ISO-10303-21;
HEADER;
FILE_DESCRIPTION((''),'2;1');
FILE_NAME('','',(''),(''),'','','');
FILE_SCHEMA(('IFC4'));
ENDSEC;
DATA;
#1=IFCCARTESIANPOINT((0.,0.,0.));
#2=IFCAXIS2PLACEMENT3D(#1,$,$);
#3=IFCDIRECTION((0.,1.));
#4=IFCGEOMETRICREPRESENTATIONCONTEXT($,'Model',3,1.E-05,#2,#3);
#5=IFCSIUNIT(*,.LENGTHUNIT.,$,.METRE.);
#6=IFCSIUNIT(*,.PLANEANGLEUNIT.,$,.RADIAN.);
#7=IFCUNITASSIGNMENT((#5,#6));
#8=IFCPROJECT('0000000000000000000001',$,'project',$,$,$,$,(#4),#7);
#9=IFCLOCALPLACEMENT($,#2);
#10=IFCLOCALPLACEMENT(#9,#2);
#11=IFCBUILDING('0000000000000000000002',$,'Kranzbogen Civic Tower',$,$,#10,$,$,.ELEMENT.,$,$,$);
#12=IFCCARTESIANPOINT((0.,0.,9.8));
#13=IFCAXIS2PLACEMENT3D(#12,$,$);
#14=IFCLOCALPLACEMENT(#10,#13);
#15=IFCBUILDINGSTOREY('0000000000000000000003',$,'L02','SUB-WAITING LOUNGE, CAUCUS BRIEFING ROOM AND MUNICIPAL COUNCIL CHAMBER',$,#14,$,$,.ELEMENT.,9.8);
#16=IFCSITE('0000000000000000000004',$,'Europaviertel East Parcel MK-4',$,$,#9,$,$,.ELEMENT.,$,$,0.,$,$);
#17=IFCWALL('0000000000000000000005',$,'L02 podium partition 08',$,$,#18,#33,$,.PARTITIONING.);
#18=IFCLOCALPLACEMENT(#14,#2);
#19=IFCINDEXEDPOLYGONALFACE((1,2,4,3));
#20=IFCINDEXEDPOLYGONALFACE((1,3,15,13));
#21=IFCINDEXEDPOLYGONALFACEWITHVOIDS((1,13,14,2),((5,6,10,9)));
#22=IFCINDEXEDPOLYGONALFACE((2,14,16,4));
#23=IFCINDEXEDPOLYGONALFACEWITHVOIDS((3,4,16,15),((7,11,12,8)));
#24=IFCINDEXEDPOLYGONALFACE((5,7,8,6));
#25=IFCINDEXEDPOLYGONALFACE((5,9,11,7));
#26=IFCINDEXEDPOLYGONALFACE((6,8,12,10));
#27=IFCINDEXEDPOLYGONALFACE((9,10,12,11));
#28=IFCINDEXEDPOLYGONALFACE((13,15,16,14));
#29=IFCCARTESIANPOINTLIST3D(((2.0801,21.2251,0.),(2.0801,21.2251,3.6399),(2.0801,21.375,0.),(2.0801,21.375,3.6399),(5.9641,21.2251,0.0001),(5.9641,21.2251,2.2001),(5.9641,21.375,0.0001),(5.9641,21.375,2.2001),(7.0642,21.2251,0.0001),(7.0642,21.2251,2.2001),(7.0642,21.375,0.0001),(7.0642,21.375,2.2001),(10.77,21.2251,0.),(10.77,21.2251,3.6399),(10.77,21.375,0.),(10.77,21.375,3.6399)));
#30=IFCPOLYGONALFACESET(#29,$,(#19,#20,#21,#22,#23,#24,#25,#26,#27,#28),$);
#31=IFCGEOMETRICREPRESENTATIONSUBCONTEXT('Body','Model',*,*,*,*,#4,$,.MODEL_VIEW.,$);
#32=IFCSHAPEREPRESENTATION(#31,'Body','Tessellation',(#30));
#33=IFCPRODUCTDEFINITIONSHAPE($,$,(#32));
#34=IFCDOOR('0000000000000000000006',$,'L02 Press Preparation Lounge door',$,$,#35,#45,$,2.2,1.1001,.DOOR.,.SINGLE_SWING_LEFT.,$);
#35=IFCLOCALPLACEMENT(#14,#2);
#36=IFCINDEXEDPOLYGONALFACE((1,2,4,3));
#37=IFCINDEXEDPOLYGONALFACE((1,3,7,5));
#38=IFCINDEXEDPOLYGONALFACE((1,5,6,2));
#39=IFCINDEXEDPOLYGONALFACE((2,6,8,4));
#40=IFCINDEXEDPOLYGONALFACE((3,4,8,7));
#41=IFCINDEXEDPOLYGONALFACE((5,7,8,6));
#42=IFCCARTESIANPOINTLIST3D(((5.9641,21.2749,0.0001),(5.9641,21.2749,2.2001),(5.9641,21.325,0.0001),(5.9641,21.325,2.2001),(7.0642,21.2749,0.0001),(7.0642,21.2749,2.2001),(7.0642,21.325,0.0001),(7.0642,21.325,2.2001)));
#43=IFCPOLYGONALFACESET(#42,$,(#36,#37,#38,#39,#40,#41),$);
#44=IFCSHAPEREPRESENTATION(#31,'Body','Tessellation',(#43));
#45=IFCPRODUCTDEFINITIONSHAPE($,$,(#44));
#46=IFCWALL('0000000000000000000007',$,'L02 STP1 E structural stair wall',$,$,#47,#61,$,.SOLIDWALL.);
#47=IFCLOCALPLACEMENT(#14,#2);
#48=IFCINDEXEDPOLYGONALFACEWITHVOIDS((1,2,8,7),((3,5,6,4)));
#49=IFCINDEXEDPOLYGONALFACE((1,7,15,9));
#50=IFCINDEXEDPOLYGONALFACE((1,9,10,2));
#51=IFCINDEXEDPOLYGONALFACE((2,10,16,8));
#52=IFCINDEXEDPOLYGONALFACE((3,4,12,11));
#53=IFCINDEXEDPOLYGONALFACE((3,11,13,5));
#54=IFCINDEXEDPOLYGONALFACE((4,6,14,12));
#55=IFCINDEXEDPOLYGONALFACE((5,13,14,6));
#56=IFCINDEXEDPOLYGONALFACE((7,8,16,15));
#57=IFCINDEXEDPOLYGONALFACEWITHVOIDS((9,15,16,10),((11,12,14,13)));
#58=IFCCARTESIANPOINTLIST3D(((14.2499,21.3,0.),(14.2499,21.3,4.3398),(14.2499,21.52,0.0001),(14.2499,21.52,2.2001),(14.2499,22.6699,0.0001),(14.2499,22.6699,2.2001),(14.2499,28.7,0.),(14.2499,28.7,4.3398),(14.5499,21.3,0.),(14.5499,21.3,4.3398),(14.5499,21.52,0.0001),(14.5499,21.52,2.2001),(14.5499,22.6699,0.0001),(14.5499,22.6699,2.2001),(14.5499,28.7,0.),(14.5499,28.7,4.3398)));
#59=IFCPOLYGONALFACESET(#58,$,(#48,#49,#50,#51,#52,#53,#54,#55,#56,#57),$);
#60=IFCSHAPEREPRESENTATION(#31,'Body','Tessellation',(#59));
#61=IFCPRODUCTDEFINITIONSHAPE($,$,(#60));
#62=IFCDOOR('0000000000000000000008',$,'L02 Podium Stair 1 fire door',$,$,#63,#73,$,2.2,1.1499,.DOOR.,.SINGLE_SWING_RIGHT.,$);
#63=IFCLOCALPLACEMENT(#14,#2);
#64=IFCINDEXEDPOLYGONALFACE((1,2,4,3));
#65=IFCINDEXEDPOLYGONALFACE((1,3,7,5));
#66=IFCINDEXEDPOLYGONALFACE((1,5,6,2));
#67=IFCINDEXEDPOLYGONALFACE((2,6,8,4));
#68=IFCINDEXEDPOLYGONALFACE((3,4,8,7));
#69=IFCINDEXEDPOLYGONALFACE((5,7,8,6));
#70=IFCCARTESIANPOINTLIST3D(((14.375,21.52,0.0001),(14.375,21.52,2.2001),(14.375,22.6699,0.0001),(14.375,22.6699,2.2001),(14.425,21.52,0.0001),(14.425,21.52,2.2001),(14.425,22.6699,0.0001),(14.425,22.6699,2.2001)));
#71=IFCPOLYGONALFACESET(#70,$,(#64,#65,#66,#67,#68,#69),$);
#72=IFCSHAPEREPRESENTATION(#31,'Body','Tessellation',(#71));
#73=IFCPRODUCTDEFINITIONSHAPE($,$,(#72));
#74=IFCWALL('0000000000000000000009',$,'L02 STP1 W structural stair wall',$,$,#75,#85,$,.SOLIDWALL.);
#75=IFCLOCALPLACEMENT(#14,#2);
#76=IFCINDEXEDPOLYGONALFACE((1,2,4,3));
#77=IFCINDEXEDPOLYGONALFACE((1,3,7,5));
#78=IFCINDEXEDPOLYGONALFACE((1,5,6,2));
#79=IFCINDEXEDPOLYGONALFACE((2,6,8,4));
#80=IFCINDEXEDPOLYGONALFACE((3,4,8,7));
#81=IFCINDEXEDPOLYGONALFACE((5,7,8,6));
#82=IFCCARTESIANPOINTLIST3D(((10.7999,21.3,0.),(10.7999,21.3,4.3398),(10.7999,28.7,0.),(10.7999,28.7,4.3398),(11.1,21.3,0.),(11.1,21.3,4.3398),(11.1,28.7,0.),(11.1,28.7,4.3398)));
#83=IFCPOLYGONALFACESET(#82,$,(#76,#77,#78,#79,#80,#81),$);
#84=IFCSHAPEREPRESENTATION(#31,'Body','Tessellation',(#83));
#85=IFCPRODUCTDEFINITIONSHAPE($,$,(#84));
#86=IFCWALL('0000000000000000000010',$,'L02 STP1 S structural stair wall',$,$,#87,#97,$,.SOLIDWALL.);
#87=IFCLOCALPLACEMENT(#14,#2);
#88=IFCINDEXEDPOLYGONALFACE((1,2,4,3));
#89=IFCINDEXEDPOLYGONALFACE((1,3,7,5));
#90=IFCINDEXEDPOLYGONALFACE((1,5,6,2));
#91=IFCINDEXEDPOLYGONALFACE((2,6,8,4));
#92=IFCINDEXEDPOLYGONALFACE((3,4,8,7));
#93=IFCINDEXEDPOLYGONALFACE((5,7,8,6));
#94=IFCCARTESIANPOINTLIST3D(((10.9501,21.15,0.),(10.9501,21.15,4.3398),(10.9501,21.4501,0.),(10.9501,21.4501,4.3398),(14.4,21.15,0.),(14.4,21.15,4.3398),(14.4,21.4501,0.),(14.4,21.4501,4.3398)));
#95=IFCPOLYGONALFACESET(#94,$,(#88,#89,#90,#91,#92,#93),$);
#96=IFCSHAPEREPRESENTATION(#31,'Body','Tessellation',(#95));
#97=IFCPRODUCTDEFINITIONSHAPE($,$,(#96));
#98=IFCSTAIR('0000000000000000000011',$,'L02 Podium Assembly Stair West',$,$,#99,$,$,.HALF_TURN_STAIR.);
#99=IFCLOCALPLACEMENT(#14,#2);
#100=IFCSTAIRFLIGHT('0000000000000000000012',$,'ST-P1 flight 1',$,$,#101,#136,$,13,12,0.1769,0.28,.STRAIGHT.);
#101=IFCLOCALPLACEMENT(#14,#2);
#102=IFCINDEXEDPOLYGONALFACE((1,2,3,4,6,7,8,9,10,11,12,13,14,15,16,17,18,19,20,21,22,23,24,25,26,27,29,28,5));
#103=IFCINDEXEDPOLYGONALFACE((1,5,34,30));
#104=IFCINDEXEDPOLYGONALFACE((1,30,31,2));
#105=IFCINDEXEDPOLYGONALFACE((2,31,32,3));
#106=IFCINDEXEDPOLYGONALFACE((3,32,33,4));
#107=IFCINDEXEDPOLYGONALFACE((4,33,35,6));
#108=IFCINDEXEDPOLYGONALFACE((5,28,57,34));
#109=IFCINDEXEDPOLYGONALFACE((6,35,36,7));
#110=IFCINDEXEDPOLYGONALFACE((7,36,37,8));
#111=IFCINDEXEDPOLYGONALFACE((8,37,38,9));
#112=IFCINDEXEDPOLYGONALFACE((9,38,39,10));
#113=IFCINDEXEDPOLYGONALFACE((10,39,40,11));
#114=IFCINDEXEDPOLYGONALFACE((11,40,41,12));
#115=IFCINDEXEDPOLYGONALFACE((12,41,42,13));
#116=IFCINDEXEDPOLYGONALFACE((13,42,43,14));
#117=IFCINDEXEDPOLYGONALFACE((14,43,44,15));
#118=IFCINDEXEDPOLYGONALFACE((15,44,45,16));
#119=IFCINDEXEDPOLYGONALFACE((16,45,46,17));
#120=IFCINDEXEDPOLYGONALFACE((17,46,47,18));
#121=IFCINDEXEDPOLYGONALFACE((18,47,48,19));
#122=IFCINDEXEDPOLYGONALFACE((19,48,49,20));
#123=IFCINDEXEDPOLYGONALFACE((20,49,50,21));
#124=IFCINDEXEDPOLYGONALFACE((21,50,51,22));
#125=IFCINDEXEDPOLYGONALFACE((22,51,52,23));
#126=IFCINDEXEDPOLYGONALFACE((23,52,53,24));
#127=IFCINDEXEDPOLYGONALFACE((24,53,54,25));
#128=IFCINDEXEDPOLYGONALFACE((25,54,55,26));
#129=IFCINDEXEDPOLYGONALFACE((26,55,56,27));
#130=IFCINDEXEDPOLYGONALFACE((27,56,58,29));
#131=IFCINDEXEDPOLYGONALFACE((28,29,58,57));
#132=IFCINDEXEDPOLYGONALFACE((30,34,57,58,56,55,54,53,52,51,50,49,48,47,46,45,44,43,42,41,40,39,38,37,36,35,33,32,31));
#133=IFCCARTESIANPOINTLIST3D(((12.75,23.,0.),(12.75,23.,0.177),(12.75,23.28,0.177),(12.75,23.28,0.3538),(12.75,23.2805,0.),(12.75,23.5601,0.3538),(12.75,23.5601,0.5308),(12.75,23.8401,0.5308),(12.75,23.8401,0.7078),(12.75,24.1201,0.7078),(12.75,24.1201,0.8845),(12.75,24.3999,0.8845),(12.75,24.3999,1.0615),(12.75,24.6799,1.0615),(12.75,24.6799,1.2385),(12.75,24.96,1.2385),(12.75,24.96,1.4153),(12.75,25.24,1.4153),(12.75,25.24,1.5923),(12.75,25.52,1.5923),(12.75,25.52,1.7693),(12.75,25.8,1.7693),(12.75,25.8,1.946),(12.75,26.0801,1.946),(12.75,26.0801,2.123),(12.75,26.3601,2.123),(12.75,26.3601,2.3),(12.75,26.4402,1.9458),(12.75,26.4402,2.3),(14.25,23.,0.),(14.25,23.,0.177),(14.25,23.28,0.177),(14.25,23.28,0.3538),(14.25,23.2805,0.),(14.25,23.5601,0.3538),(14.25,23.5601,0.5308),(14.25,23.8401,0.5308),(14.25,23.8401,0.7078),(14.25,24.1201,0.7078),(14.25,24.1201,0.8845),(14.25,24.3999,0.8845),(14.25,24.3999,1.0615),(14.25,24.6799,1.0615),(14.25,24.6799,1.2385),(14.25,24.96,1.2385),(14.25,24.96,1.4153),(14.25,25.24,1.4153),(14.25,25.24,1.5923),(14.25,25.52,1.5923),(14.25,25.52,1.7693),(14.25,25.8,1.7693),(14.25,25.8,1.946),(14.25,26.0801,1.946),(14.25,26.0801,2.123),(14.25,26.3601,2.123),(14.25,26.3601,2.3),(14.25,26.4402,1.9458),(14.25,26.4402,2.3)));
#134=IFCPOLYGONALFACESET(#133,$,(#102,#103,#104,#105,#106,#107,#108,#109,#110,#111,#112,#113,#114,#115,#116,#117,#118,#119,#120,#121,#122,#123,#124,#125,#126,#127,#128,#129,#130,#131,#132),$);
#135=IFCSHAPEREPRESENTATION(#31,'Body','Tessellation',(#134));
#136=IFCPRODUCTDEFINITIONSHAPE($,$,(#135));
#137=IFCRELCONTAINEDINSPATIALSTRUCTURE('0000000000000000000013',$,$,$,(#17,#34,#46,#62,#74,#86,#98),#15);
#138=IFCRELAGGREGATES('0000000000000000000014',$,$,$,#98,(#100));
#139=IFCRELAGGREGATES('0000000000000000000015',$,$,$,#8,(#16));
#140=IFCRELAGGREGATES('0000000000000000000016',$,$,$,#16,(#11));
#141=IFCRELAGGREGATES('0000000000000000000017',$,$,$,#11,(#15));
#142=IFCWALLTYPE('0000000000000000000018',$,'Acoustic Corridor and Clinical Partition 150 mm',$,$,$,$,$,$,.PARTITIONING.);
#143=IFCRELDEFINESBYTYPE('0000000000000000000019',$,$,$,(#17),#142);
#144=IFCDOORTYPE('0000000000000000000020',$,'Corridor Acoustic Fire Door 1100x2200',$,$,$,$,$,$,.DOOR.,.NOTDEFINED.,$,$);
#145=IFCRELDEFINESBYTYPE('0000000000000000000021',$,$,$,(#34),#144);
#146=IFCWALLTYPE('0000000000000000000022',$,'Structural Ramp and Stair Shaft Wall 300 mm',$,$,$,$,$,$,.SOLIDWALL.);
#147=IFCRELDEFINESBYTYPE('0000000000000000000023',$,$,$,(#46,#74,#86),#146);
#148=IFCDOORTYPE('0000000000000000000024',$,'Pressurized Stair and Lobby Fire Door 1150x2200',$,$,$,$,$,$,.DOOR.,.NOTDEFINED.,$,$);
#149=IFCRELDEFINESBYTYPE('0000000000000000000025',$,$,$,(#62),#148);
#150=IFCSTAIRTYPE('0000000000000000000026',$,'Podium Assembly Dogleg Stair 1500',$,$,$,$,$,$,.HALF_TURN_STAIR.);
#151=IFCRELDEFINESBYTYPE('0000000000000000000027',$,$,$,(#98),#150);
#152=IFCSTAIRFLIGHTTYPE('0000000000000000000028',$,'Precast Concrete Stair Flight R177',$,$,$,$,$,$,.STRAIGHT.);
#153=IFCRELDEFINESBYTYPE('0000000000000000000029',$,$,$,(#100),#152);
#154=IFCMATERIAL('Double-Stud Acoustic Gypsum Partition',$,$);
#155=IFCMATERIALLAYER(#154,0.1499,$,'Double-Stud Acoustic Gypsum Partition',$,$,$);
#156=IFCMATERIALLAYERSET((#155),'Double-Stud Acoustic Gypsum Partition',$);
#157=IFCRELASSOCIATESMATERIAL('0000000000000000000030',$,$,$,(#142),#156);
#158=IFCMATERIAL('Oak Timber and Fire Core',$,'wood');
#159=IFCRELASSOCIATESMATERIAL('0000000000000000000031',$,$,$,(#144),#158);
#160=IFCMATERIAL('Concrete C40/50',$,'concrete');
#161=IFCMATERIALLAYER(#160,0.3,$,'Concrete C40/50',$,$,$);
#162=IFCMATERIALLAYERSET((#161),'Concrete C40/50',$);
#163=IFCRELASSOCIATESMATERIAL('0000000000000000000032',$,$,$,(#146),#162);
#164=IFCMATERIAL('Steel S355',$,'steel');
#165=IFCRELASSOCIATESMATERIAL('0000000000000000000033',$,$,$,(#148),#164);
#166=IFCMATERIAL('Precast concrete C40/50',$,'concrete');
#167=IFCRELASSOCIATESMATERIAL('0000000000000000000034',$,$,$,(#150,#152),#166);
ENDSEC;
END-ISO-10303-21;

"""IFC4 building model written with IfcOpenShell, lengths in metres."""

from ifc_helpers import new_model, si_unit, direction, frame, frame_2d, origin, place, context, subcontext, project, spatial, polyline, rectangle, outline, extrude, material, layer, layer_set, type_object, element, fill, aggregate, save


model = new_model("IFC4")

# Units and contexts
model_context = context("Model", 3, precision=1e-05, world=origin(), true_north=direction((0.0, 1.0)))
body_context = subcontext(model_context, "Body", "Model", "MODEL_VIEW")
ifc_project = project(units=[si_unit("LENGTHUNIT", "METRE"), si_unit("PLANEANGLEUNIT", "RADIAN")], contexts=[model_context])

# Site, building, storey
site_placement = place(None, origin())
site = spatial("IfcSite", under=ifc_project, at=site_placement, Name="Europaviertel East Parcel MK-4", CompositionType="ELEMENT", RefElevation=0.0)
building_placement = place(site_placement, origin())
building = spatial("IfcBuilding", under=site, at=building_placement, Name="Kranzbogen Civic Tower", CompositionType="ELEMENT")
storey_placement = place(building_placement, frame((0.0, 0.0, 9.8)))
storey = spatial("IfcBuildingStorey", under=building, at=storey_placement, Name="L02", Description="SUB-WAITING LOUNGE, CAUCUS BRIEFING ROOM AND MUNICIPAL COUNCIL CHAMBER", CompositionType="ELEMENT", Elevation=9.8)

# Shared definitions
ifc_material_1 = material(Name="Steel S355", Category="steel")

# Shared definitions
ifc_material_2 = material(Name="Double-Stud Acoustic Gypsum Partition")
ifc_layer_1 = layer(ifc_material_2, 0.1499, Name="Double-Stud Acoustic Gypsum Partition")
ifc_layer_set_1 = layer_set([ifc_layer_1], Name="Double-Stud Acoustic Gypsum Partition")
wall_type_1 = type_object("IfcWallType", Name="Acoustic Corridor and Clinical Partition 150 mm", PredefinedType="PARTITIONING", material=ifc_layer_set_1)
ifc_material_3 = material(Name="Oak Timber and Fire Core", Category="wood")
door_type_1 = type_object("IfcDoorType", Name="Corridor Acoustic Fire Door 1100x2200", OperationType="NOTDEFINED", PredefinedType="DOOR", material=ifc_material_3)

# Walls, openings, doors
wall_1_placement = place(storey_placement, frame((2.0801, 21.3, 0.0), z_axis=(0.0, 0.0, 1.0), x_axis=(1.0, 0.0, 0.0)))
wall_1 = element("IfcWall", 1, at=wall_1_placement, inside=storey, type_object=wall_type_1, Name="L02 podium partition 08", PredefinedType="PARTITIONING", context=body_context, shape_type="SweptSolid", body=[
    extrude(rectangle(XDim=8.6899, YDim=0.1499, at=frame_2d((4.345, 0.0))), origin(), (0.0, 0.0, 1.0), 3.6399),
])
opening_1_placement = place(wall_1_placement, frame((3.884, 0.0, 0.0)))
opening_1 = element("IfcOpeningElement", 2, at=opening_1_placement, cuts=wall_1, PredefinedType="OPENING", context=body_context, shape_type="SweptSolid", body=[
    extrude(rectangle(XDim=1.1001, YDim=2.2, at=frame_2d((0.55, 1.1001))), frame((0.0, 0.085, 0.0), z_axis=(0.0, -1.0, 0.0), x_axis=(1.0, 0.0, 0.0)), (0.0, 0.0, 1.0), 0.1699),
])
door_1_placement = place(opening_1_placement, origin())
door_1 = element("IfcDoor", 3, at=door_1_placement, inside=storey, type_object=door_type_1, Name="L02 Press Preparation Lounge door", OperationType="SINGLE_SWING_LEFT", OverallHeight=2.2, OverallWidth=1.1001, PredefinedType="DOOR", context=body_context, shape_type="SweptSolid", body=[
    extrude(rectangle(XDim=1.1001, YDim=2.2, at=frame_2d((0.55, 1.1001))), frame((0.0, 0.0249, 0.0), z_axis=(0.0, -1.0, 0.0), x_axis=(1.0, 0.0, 0.0)), (0.0, 0.0, 1.0), 0.05),
])
fill(opening_1, door_1)
ifc_material_4 = material(Name="Concrete C40/50", Category="concrete")
ifc_layer_2 = layer(ifc_material_4, 0.3, Name="Concrete C40/50")
ifc_layer_set_2 = layer_set([ifc_layer_2], Name="Concrete C40/50")
wall_type_2 = type_object("IfcWallType", Name="Structural Ramp and Stair Shaft Wall 300 mm", PredefinedType="SOLIDWALL", material=ifc_layer_set_2)
wall_2_placement = place(storey_placement, frame((14.3999, 21.3, 0.0), z_axis=(0.0, 0.0, 1.0), x_axis=(0.0, 1.0, 0.0)))
wall_2 = element("IfcWall", 4, at=wall_2_placement, inside=storey, type_object=wall_type_2, Name="L02 STP1 E structural stair wall", PredefinedType="SOLIDWALL", context=body_context, shape_type="SweptSolid", body=[
    extrude(rectangle(XDim=7.3999, YDim=0.3, at=frame_2d((3.7, 0.0))), origin(), (0.0, 0.0, 1.0), 4.3398),
])
opening_2_placement = place(wall_2_placement, frame((0.22, 0.0, 0.0)))
opening_2 = element("IfcOpeningElement", 5, at=opening_2_placement, cuts=wall_2, PredefinedType="OPENING", context=body_context, shape_type="SweptSolid", body=[
    extrude(rectangle(XDim=1.1499, YDim=2.2, at=frame_2d((0.575, 1.1001))), frame((0.0, 0.1602, 0.0), z_axis=(0.0, -1.0, 0.0), x_axis=(1.0, 0.0, 0.0)), (0.0, 0.0, 1.0), 0.3201),
])
door_type_2 = type_object("IfcDoorType", Name="Pressurized Stair and Lobby Fire Door 1150x2200", OperationType="NOTDEFINED", PredefinedType="DOOR", material=ifc_material_1)
door_2_placement = place(opening_2_placement, origin())
door_2 = element("IfcDoor", 6, at=door_2_placement, inside=storey, type_object=door_type_2, Name="L02 Podium Stair 1 fire door", OperationType="SINGLE_SWING_RIGHT", OverallHeight=2.2, OverallWidth=1.1499, PredefinedType="DOOR", context=body_context, shape_type="SweptSolid", body=[
    extrude(rectangle(XDim=1.1499, YDim=2.2, at=frame_2d((0.575, 1.1001))), frame((0.0, 0.0249, 0.0), z_axis=(0.0, -1.0, 0.0), x_axis=(1.0, 0.0, 0.0)), (0.0, 0.0, 1.0), 0.05),
])
fill(opening_2, door_2)

# Walls
wall_3_placement = place(storey_placement, frame((10.95, 21.3, 0.0), z_axis=(0.0, 0.0, 1.0), x_axis=(0.0, 1.0, 0.0)))
element("IfcWall", 7, at=wall_3_placement, inside=storey, type_object=wall_type_2, Name="L02 STP1 W structural stair wall", PredefinedType="SOLIDWALL", context=body_context, shape_type="SweptSolid", body=[
    extrude(rectangle(XDim=7.3999, YDim=0.3, at=frame_2d((3.7, 0.0))), origin(), (0.0, 0.0, 1.0), 4.3398),
])
wall_4_placement = place(storey_placement, frame((10.95, 21.3, 0.0), z_axis=(0.0, 0.0, 1.0), x_axis=(1.0, 0.0, 0.0)))
element("IfcWall", 8, at=wall_4_placement, inside=storey, type_object=wall_type_2, Name="L02 STP1 S structural stair wall", PredefinedType="SOLIDWALL", context=body_context, shape_type="SweptSolid", body=[
    extrude(rectangle(XDim=3.45, YDim=0.3, at=frame_2d((1.7251, 0.0))), origin(), (0.0, 0.0, 1.0), 4.3398),
])

# Stair, stair flight
ifc_material_5 = material(Name="Precast concrete C40/50", Category="concrete")
stair_type = type_object("IfcStairType", Name="Podium Assembly Dogleg Stair 1500", PredefinedType="HALF_TURN_STAIR", material=ifc_material_5)
stair_placement = place(storey_placement, origin())
stair = element("IfcStair", 9, at=stair_placement, inside=storey, type_object=stair_type, Name="L02 Podium Assembly Stair West", PredefinedType="HALF_TURN_STAIR")
stair_flight_type = type_object("IfcStairFlightType", Name="Precast Concrete Stair Flight R177", PredefinedType="STRAIGHT", material=ifc_material_5)
stair_flight_placement = place(storey_placement, frame((13.5, 23.0, 0.0), z_axis=(0.0, 0.0, 1.0), x_axis=(0.0, 1.0, 0.0)))
stair_flight = element("IfcStairFlight", 10, at=stair_flight_placement, type_object=stair_flight_type, Name="ST-P1 flight 1", NumberOfRisers=13, NumberOfTreads=12, PredefinedType="STRAIGHT", RiserHeight=0.1769, TreadLength=0.28, context=body_context, shape_type="SweptSolid", body=[
    extrude(outline(polyline([(0.0, 0.0), (0.0, 0.177), (0.28, 0.177), (0.28, 0.3538), (0.5601, 0.3538), (0.5601, 0.5308), (0.8401, 0.5308), (0.8401, 0.7078), (1.1201, 0.7078), (1.1201, 0.8845), (1.3999, 0.8845), (1.3999, 1.0615), (1.6799, 1.0615), (1.6799, 1.2385), (1.96, 1.2385), (1.96, 1.4153), (2.24, 1.4153), (2.24, 1.5923), (2.52, 1.5923), (2.52, 1.7693), (2.8, 1.7693), (2.8, 1.946), (3.0801, 1.946), (3.0801, 2.123), (3.3601, 2.123), (3.3601, 2.3), (3.4402, 2.3), (3.4402, 1.9458), (0.2805, 0.0), (0.0, 0.0)])), frame((0.0, 0.75, 0.0), z_axis=(0.0, -1.0, 0.0), x_axis=(1.0, 0.0, 0.0)), (0.0, 0.0, 1.0), 1.5),
])
aggregate(stair, [stair_flight])

save(model, "model.ifc")
